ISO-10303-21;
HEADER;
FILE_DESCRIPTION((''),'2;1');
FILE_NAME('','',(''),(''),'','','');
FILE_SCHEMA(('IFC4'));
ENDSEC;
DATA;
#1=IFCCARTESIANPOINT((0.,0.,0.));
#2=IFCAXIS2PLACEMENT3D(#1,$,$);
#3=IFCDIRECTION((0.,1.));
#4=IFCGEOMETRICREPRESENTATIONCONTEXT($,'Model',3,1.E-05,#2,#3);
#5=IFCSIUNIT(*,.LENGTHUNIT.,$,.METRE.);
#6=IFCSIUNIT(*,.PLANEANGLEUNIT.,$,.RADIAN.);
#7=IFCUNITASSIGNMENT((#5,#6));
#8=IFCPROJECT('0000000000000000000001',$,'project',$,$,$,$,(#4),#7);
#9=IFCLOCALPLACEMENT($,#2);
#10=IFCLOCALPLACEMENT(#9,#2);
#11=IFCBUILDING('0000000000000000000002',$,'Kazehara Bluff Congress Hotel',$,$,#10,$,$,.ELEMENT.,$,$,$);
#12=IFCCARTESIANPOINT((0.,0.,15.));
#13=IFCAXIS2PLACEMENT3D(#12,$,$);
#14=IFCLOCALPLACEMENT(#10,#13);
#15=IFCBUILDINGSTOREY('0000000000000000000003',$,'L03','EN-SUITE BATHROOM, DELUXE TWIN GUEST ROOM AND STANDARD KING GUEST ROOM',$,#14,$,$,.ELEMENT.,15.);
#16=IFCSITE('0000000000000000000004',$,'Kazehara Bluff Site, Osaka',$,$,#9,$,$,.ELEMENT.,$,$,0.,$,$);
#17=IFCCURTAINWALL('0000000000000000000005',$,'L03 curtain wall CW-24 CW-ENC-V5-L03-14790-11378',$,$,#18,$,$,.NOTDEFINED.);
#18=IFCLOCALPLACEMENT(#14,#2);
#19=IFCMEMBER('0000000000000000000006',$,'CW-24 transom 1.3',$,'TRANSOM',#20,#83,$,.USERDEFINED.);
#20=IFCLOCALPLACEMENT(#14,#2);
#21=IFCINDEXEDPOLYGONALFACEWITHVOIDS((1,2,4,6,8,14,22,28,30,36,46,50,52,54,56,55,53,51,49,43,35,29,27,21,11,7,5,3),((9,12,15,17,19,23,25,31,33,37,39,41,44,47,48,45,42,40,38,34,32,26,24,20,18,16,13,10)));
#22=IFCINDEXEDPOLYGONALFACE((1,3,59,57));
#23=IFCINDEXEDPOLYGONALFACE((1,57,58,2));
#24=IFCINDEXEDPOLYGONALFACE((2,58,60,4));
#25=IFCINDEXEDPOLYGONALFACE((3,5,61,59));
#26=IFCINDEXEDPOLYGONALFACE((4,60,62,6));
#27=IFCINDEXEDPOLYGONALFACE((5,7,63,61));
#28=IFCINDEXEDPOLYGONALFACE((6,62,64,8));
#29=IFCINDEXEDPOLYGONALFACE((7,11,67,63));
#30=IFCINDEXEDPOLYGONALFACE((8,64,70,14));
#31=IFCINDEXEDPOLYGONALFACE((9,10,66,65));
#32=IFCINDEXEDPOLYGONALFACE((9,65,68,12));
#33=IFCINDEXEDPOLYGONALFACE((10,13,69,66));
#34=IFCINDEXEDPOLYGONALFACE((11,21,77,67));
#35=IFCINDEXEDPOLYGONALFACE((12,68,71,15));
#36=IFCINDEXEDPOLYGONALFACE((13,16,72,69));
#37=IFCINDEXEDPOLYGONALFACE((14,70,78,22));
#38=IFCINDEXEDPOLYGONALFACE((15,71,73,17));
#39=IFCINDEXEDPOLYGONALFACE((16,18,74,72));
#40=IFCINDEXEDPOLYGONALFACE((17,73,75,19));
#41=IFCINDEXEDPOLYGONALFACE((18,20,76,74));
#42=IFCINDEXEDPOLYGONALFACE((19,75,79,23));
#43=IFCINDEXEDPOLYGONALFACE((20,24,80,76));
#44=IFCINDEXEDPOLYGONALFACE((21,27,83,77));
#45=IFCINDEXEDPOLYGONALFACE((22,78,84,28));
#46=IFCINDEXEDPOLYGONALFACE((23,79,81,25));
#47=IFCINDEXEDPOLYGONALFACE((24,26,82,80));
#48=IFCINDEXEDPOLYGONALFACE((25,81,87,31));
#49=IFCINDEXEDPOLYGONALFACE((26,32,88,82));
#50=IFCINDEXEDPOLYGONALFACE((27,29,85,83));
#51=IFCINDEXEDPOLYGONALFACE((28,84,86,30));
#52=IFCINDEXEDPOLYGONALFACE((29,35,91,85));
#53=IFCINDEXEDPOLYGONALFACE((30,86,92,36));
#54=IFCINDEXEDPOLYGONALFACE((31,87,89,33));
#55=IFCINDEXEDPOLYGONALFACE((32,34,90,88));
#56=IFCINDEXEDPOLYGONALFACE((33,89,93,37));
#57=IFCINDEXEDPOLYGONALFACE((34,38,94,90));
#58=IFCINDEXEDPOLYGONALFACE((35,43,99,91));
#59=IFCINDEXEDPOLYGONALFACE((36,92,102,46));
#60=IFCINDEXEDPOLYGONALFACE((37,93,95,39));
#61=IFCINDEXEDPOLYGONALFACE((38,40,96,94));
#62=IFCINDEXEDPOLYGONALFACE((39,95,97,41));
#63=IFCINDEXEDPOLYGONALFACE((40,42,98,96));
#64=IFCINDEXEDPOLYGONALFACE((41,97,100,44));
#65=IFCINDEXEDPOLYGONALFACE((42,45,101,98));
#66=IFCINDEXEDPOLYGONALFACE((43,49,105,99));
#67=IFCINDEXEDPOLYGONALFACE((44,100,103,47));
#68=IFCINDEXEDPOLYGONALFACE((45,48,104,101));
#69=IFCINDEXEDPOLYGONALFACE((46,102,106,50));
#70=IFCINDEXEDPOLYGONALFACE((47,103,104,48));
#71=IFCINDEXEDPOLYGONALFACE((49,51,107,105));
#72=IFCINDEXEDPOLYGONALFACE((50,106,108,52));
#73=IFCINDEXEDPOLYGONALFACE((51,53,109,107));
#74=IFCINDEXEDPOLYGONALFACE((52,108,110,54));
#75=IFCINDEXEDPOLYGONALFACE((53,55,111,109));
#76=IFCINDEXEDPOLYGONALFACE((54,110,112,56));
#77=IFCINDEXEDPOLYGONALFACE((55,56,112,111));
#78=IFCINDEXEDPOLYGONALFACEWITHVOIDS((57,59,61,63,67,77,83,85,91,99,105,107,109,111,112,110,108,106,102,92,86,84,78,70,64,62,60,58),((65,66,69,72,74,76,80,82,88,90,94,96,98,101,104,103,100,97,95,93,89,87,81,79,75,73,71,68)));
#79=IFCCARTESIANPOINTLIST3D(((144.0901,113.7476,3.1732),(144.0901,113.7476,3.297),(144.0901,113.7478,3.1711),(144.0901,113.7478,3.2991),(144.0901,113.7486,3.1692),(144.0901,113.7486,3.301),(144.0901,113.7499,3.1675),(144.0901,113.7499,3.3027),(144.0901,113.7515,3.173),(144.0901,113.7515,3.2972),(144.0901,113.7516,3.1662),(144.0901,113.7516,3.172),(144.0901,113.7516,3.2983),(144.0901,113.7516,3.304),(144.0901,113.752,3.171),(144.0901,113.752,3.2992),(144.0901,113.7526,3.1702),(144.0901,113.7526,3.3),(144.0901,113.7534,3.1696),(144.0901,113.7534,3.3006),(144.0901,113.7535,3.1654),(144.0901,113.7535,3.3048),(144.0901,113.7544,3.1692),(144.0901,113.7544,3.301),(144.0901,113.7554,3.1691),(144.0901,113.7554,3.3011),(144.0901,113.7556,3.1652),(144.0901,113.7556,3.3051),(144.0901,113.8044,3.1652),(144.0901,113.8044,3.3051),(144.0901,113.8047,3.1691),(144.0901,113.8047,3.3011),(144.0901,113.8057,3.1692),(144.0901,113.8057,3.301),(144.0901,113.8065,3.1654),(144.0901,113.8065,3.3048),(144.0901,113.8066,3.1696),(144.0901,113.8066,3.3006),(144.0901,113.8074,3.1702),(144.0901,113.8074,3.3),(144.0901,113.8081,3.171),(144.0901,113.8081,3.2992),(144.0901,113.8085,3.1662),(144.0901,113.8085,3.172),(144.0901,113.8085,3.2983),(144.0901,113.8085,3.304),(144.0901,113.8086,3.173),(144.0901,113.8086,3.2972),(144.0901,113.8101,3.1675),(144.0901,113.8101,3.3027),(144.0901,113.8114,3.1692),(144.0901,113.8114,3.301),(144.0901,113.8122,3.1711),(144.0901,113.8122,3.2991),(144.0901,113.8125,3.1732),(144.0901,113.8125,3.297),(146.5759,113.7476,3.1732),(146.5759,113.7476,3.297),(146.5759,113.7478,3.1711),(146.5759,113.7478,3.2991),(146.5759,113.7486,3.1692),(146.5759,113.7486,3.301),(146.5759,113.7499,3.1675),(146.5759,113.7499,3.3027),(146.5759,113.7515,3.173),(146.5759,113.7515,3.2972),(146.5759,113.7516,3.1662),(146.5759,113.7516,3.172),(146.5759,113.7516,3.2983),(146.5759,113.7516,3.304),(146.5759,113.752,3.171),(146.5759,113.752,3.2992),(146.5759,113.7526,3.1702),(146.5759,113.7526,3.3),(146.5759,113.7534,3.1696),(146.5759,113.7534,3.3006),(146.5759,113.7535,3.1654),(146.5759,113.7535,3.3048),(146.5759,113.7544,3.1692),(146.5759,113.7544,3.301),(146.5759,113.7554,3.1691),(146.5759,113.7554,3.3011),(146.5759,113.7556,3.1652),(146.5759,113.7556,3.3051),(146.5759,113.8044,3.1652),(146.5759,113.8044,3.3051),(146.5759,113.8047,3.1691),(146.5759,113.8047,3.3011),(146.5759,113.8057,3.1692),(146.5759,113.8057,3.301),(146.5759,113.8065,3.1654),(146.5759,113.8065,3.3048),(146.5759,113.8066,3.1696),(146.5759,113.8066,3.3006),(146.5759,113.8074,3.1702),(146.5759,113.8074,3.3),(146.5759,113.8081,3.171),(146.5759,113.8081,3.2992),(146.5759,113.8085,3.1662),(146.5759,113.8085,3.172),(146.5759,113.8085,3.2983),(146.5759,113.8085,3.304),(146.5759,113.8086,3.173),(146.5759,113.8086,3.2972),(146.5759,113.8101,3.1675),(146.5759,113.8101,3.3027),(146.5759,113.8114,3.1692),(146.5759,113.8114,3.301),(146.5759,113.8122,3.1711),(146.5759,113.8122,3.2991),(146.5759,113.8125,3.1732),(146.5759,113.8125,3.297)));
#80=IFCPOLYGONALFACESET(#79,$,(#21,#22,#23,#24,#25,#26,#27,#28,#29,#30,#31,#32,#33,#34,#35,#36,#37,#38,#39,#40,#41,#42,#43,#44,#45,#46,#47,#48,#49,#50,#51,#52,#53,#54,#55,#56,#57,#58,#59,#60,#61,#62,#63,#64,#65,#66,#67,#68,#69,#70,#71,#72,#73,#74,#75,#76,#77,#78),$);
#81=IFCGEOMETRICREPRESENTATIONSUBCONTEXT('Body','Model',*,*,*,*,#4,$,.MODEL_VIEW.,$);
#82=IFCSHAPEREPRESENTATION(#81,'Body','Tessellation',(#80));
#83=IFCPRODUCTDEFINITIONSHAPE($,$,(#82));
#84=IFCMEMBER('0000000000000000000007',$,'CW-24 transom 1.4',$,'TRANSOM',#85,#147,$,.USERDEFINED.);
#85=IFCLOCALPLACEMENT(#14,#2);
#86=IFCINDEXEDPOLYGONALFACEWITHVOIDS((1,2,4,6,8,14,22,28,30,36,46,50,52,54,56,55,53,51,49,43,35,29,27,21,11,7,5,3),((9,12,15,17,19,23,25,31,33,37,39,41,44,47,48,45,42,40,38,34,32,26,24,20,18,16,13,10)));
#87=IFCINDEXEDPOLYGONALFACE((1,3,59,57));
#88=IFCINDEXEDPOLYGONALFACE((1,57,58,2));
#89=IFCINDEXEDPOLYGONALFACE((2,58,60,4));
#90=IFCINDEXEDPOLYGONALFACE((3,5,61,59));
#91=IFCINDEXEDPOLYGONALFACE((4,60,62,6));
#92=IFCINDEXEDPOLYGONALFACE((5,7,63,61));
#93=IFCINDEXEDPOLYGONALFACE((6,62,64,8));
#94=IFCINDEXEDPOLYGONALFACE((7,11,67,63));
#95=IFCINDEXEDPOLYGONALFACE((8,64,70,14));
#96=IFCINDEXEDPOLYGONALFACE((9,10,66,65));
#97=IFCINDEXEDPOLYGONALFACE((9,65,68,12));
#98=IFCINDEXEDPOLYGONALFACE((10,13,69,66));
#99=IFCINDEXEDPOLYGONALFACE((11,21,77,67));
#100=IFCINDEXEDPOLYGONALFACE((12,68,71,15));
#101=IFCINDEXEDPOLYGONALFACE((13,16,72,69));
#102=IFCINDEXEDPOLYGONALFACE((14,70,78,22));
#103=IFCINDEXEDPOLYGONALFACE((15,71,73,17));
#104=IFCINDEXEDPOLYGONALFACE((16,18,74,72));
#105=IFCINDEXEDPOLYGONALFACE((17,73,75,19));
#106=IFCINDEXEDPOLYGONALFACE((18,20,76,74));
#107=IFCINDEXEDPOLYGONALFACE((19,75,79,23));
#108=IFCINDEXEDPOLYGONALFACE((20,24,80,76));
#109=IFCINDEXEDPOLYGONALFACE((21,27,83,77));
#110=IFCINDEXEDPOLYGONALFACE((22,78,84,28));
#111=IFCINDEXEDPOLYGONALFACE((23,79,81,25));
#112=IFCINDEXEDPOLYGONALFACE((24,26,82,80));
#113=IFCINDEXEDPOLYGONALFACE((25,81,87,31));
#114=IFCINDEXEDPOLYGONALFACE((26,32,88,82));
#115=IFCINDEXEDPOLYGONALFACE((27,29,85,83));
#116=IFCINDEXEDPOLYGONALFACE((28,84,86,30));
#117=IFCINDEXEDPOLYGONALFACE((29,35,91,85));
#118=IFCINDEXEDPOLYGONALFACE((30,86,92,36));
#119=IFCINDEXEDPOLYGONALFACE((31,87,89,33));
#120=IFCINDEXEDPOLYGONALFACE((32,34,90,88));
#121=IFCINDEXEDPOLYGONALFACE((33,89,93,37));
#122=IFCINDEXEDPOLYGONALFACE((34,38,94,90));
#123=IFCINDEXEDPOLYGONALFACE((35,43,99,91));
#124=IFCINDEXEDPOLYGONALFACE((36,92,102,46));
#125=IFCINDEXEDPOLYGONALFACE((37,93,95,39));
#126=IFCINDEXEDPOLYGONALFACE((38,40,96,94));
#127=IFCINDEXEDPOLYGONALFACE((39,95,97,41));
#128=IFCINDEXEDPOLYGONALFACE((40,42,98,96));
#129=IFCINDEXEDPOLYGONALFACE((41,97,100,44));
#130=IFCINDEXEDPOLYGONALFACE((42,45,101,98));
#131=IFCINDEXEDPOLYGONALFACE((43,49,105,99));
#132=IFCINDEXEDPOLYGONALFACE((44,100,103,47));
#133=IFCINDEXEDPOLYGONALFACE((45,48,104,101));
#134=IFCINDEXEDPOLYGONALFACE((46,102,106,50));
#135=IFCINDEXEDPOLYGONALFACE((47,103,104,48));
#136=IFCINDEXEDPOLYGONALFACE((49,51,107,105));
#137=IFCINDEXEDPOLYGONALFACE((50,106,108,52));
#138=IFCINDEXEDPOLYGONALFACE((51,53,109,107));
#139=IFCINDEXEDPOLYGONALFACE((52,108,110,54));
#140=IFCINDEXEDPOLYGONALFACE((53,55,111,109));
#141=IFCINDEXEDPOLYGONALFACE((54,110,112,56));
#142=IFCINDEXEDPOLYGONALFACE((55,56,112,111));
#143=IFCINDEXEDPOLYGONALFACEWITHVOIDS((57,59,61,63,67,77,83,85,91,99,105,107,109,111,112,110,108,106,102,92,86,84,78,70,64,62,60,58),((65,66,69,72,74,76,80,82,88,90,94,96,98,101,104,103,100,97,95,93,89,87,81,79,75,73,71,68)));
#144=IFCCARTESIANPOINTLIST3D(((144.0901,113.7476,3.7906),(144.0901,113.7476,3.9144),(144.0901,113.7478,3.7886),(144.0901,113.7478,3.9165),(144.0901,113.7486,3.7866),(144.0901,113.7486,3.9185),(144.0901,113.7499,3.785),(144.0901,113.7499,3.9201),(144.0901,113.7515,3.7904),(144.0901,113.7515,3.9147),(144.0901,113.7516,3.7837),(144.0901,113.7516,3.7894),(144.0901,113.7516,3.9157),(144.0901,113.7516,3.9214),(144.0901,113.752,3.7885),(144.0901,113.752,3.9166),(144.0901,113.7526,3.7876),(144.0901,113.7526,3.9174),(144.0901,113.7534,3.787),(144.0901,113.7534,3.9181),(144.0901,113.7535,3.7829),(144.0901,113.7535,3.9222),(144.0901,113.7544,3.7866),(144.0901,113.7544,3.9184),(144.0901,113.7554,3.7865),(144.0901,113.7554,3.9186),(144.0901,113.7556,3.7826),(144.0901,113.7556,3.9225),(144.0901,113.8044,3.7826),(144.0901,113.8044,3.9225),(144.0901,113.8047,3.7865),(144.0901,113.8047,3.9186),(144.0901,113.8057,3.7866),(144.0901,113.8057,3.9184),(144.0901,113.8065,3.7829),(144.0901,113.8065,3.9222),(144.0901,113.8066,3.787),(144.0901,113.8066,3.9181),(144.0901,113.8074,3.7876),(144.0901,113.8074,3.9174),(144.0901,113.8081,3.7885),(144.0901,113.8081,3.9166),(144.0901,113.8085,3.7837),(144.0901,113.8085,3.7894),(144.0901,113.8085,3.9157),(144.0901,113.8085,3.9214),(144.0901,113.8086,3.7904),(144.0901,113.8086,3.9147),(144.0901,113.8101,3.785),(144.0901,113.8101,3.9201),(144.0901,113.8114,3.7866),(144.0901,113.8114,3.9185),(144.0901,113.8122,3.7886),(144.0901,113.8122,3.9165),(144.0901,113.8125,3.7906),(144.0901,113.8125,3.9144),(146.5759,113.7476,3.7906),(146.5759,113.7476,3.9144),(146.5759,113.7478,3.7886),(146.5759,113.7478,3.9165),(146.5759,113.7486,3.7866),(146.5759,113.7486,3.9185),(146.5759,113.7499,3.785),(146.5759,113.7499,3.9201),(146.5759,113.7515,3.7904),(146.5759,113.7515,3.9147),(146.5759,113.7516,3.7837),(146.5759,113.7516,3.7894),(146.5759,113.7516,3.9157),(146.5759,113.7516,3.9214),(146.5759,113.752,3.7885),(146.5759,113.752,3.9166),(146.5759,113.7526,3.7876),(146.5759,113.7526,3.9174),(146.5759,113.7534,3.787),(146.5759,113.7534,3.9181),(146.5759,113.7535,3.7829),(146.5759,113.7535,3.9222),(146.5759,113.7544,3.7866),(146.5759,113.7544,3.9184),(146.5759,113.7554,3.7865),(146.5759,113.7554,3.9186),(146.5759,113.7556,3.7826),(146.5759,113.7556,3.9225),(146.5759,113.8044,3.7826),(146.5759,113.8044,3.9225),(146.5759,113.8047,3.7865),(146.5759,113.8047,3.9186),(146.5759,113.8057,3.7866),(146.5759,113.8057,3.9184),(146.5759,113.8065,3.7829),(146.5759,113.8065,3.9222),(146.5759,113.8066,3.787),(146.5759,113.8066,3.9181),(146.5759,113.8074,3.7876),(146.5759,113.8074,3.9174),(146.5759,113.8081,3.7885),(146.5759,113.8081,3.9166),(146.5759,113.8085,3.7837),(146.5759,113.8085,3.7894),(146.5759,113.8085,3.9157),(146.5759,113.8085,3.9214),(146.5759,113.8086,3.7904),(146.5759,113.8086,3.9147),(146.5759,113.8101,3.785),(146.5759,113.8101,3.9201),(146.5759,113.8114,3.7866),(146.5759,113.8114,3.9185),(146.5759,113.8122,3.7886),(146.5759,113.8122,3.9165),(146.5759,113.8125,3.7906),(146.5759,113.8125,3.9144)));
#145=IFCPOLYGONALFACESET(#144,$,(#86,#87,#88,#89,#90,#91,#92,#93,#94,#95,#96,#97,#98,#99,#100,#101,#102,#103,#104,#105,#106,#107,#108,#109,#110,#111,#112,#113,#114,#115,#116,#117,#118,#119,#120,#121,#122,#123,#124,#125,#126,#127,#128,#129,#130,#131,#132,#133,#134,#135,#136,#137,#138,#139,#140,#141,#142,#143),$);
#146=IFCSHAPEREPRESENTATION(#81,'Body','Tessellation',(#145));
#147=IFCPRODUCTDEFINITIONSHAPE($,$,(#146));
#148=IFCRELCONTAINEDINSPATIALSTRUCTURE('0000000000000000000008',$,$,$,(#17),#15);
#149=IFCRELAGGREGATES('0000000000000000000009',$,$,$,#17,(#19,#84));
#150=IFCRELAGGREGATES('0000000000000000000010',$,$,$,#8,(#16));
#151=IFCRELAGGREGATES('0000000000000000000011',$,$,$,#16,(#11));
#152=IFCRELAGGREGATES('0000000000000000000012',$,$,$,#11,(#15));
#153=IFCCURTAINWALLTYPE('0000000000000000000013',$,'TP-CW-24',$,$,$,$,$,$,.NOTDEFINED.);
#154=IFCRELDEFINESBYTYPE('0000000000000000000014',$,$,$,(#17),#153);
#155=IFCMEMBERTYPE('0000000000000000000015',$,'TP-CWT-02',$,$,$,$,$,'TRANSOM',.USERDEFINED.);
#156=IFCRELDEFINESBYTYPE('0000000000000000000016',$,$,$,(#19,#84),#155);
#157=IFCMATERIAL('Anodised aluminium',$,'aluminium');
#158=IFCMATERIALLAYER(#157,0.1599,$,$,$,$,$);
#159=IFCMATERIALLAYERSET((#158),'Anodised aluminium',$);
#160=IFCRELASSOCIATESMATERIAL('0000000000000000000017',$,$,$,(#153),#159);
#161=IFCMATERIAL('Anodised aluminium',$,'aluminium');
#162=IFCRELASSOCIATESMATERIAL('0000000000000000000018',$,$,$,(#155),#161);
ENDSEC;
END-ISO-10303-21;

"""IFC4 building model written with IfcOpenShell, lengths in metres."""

from ifc_helpers import new_model, si_unit, direction, frame, origin, origin_2d, place, context, subcontext, project, spatial, hollow_rectangle, extrude, material, layer, layer_set, material_profile, profile_set, type_object, element, aggregate, save


model = new_model("IFC4")

# Units and contexts
model_context = context("Model", 3, precision=1e-05, world=origin(), true_north=direction((0.0, 1.0)))
body_context = subcontext(model_context, "Body", "Model", "MODEL_VIEW")
ifc_project = project(units=[si_unit("LENGTHUNIT", "METRE"), si_unit("PLANEANGLEUNIT", "RADIAN")], contexts=[model_context])

# Site, building, storey
site_placement = place(None, origin())
site = spatial("IfcSite", under=ifc_project, at=site_placement, Name="Kazehara Bluff Site, Osaka", CompositionType="ELEMENT", RefElevation=0.0)
building_placement = place(site_placement, origin())
building = spatial("IfcBuilding", under=site, at=building_placement, Name="Kazehara Bluff Congress Hotel", CompositionType="ELEMENT")
storey_placement = place(building_placement, frame((0.0, 0.0, 15.0)))
storey = spatial("IfcBuildingStorey", under=building, at=storey_placement, Name="L03", Description="EN-SUITE BATHROOM, DELUXE TWIN GUEST ROOM AND STANDARD KING GUEST ROOM", CompositionType="ELEMENT", Elevation=15.0)

# Curtain wall, members
ifc_material_1 = material(Name="Anodised aluminium", Category="aluminium")
ifc_layer_1 = layer(ifc_material_1, 0.1599)
ifc_layer_set_1 = layer_set([ifc_layer_1], Name="Anodised aluminium")
curtain_wall_type = type_object("IfcCurtainWallType", Name="TP-CW-24", PredefinedType="NOTDEFINED", material=ifc_layer_set_1)
curtain_wall_placement = place(storey_placement, origin())
curtain_wall = element("IfcCurtainWall", 1, at=curtain_wall_placement, inside=storey, type_object=curtain_wall_type, Name="L03 curtain wall CW-24 CW-ENC-V5-L03-14790-11378", PredefinedType="NOTDEFINED")
ifc_material_2 = material(Name="Anodised aluminium", Category="aluminium")
ifc_material_profile_1 = material_profile(ifc_material_2, hollow_rectangle(XDim=0.0649, YDim=0.1399, WallThickness=0.0039, InnerFilletRadius=0.0039, OuterFilletRadius=0.0081, at=origin_2d()))
ifc_profile_set_1 = profile_set([ifc_material_profile_1], Name="Anodised aluminium")
member_type_1 = type_object("IfcMemberType", Name="TP-CWT-02", ElementType="TRANSOM", PredefinedType="USERDEFINED", material=ifc_profile_set_1)
member_1_placement = place(storey_placement, frame((144.0901, 113.78, 3.2351), z_axis=(1.0, 0.0, 0.0), x_axis=(0.0, 1.0, 0.0)))
member_1 = element("IfcMember", 2, at=member_1_placement, type_object=member_type_1, Name="CW-24 transom 1.3", ObjectType="TRANSOM", PredefinedType="USERDEFINED", context=body_context, shape_type="SweptSolid", body=[
    extrude(hollow_rectangle(XDim=0.0649, YDim=0.1399, WallThickness=0.0039, InnerFilletRadius=0.0039, OuterFilletRadius=0.0081, at=origin_2d()), origin(), (0.0, 0.0, 1.0), 2.4858),
])
member_2_placement = place(storey_placement, frame((144.0901, 113.78, 3.8525), z_axis=(1.0, 0.0, 0.0), x_axis=(0.0, 1.0, 0.0)))
member_2 = element("IfcMember", 3, at=member_2_placement, type_object=member_type_1, Name="CW-24 transom 1.4", ObjectType="TRANSOM", PredefinedType="USERDEFINED", context=body_context, shape_type="SweptSolid", body=[
    extrude(hollow_rectangle(XDim=0.0649, YDim=0.1399, WallThickness=0.0039, InnerFilletRadius=0.0039, OuterFilletRadius=0.0081, at=origin_2d()), origin(), (0.0, 0.0, 1.0), 2.4858),
])

aggregate(curtain_wall, [member_1, member_2])

save(model, "model.ifc")
